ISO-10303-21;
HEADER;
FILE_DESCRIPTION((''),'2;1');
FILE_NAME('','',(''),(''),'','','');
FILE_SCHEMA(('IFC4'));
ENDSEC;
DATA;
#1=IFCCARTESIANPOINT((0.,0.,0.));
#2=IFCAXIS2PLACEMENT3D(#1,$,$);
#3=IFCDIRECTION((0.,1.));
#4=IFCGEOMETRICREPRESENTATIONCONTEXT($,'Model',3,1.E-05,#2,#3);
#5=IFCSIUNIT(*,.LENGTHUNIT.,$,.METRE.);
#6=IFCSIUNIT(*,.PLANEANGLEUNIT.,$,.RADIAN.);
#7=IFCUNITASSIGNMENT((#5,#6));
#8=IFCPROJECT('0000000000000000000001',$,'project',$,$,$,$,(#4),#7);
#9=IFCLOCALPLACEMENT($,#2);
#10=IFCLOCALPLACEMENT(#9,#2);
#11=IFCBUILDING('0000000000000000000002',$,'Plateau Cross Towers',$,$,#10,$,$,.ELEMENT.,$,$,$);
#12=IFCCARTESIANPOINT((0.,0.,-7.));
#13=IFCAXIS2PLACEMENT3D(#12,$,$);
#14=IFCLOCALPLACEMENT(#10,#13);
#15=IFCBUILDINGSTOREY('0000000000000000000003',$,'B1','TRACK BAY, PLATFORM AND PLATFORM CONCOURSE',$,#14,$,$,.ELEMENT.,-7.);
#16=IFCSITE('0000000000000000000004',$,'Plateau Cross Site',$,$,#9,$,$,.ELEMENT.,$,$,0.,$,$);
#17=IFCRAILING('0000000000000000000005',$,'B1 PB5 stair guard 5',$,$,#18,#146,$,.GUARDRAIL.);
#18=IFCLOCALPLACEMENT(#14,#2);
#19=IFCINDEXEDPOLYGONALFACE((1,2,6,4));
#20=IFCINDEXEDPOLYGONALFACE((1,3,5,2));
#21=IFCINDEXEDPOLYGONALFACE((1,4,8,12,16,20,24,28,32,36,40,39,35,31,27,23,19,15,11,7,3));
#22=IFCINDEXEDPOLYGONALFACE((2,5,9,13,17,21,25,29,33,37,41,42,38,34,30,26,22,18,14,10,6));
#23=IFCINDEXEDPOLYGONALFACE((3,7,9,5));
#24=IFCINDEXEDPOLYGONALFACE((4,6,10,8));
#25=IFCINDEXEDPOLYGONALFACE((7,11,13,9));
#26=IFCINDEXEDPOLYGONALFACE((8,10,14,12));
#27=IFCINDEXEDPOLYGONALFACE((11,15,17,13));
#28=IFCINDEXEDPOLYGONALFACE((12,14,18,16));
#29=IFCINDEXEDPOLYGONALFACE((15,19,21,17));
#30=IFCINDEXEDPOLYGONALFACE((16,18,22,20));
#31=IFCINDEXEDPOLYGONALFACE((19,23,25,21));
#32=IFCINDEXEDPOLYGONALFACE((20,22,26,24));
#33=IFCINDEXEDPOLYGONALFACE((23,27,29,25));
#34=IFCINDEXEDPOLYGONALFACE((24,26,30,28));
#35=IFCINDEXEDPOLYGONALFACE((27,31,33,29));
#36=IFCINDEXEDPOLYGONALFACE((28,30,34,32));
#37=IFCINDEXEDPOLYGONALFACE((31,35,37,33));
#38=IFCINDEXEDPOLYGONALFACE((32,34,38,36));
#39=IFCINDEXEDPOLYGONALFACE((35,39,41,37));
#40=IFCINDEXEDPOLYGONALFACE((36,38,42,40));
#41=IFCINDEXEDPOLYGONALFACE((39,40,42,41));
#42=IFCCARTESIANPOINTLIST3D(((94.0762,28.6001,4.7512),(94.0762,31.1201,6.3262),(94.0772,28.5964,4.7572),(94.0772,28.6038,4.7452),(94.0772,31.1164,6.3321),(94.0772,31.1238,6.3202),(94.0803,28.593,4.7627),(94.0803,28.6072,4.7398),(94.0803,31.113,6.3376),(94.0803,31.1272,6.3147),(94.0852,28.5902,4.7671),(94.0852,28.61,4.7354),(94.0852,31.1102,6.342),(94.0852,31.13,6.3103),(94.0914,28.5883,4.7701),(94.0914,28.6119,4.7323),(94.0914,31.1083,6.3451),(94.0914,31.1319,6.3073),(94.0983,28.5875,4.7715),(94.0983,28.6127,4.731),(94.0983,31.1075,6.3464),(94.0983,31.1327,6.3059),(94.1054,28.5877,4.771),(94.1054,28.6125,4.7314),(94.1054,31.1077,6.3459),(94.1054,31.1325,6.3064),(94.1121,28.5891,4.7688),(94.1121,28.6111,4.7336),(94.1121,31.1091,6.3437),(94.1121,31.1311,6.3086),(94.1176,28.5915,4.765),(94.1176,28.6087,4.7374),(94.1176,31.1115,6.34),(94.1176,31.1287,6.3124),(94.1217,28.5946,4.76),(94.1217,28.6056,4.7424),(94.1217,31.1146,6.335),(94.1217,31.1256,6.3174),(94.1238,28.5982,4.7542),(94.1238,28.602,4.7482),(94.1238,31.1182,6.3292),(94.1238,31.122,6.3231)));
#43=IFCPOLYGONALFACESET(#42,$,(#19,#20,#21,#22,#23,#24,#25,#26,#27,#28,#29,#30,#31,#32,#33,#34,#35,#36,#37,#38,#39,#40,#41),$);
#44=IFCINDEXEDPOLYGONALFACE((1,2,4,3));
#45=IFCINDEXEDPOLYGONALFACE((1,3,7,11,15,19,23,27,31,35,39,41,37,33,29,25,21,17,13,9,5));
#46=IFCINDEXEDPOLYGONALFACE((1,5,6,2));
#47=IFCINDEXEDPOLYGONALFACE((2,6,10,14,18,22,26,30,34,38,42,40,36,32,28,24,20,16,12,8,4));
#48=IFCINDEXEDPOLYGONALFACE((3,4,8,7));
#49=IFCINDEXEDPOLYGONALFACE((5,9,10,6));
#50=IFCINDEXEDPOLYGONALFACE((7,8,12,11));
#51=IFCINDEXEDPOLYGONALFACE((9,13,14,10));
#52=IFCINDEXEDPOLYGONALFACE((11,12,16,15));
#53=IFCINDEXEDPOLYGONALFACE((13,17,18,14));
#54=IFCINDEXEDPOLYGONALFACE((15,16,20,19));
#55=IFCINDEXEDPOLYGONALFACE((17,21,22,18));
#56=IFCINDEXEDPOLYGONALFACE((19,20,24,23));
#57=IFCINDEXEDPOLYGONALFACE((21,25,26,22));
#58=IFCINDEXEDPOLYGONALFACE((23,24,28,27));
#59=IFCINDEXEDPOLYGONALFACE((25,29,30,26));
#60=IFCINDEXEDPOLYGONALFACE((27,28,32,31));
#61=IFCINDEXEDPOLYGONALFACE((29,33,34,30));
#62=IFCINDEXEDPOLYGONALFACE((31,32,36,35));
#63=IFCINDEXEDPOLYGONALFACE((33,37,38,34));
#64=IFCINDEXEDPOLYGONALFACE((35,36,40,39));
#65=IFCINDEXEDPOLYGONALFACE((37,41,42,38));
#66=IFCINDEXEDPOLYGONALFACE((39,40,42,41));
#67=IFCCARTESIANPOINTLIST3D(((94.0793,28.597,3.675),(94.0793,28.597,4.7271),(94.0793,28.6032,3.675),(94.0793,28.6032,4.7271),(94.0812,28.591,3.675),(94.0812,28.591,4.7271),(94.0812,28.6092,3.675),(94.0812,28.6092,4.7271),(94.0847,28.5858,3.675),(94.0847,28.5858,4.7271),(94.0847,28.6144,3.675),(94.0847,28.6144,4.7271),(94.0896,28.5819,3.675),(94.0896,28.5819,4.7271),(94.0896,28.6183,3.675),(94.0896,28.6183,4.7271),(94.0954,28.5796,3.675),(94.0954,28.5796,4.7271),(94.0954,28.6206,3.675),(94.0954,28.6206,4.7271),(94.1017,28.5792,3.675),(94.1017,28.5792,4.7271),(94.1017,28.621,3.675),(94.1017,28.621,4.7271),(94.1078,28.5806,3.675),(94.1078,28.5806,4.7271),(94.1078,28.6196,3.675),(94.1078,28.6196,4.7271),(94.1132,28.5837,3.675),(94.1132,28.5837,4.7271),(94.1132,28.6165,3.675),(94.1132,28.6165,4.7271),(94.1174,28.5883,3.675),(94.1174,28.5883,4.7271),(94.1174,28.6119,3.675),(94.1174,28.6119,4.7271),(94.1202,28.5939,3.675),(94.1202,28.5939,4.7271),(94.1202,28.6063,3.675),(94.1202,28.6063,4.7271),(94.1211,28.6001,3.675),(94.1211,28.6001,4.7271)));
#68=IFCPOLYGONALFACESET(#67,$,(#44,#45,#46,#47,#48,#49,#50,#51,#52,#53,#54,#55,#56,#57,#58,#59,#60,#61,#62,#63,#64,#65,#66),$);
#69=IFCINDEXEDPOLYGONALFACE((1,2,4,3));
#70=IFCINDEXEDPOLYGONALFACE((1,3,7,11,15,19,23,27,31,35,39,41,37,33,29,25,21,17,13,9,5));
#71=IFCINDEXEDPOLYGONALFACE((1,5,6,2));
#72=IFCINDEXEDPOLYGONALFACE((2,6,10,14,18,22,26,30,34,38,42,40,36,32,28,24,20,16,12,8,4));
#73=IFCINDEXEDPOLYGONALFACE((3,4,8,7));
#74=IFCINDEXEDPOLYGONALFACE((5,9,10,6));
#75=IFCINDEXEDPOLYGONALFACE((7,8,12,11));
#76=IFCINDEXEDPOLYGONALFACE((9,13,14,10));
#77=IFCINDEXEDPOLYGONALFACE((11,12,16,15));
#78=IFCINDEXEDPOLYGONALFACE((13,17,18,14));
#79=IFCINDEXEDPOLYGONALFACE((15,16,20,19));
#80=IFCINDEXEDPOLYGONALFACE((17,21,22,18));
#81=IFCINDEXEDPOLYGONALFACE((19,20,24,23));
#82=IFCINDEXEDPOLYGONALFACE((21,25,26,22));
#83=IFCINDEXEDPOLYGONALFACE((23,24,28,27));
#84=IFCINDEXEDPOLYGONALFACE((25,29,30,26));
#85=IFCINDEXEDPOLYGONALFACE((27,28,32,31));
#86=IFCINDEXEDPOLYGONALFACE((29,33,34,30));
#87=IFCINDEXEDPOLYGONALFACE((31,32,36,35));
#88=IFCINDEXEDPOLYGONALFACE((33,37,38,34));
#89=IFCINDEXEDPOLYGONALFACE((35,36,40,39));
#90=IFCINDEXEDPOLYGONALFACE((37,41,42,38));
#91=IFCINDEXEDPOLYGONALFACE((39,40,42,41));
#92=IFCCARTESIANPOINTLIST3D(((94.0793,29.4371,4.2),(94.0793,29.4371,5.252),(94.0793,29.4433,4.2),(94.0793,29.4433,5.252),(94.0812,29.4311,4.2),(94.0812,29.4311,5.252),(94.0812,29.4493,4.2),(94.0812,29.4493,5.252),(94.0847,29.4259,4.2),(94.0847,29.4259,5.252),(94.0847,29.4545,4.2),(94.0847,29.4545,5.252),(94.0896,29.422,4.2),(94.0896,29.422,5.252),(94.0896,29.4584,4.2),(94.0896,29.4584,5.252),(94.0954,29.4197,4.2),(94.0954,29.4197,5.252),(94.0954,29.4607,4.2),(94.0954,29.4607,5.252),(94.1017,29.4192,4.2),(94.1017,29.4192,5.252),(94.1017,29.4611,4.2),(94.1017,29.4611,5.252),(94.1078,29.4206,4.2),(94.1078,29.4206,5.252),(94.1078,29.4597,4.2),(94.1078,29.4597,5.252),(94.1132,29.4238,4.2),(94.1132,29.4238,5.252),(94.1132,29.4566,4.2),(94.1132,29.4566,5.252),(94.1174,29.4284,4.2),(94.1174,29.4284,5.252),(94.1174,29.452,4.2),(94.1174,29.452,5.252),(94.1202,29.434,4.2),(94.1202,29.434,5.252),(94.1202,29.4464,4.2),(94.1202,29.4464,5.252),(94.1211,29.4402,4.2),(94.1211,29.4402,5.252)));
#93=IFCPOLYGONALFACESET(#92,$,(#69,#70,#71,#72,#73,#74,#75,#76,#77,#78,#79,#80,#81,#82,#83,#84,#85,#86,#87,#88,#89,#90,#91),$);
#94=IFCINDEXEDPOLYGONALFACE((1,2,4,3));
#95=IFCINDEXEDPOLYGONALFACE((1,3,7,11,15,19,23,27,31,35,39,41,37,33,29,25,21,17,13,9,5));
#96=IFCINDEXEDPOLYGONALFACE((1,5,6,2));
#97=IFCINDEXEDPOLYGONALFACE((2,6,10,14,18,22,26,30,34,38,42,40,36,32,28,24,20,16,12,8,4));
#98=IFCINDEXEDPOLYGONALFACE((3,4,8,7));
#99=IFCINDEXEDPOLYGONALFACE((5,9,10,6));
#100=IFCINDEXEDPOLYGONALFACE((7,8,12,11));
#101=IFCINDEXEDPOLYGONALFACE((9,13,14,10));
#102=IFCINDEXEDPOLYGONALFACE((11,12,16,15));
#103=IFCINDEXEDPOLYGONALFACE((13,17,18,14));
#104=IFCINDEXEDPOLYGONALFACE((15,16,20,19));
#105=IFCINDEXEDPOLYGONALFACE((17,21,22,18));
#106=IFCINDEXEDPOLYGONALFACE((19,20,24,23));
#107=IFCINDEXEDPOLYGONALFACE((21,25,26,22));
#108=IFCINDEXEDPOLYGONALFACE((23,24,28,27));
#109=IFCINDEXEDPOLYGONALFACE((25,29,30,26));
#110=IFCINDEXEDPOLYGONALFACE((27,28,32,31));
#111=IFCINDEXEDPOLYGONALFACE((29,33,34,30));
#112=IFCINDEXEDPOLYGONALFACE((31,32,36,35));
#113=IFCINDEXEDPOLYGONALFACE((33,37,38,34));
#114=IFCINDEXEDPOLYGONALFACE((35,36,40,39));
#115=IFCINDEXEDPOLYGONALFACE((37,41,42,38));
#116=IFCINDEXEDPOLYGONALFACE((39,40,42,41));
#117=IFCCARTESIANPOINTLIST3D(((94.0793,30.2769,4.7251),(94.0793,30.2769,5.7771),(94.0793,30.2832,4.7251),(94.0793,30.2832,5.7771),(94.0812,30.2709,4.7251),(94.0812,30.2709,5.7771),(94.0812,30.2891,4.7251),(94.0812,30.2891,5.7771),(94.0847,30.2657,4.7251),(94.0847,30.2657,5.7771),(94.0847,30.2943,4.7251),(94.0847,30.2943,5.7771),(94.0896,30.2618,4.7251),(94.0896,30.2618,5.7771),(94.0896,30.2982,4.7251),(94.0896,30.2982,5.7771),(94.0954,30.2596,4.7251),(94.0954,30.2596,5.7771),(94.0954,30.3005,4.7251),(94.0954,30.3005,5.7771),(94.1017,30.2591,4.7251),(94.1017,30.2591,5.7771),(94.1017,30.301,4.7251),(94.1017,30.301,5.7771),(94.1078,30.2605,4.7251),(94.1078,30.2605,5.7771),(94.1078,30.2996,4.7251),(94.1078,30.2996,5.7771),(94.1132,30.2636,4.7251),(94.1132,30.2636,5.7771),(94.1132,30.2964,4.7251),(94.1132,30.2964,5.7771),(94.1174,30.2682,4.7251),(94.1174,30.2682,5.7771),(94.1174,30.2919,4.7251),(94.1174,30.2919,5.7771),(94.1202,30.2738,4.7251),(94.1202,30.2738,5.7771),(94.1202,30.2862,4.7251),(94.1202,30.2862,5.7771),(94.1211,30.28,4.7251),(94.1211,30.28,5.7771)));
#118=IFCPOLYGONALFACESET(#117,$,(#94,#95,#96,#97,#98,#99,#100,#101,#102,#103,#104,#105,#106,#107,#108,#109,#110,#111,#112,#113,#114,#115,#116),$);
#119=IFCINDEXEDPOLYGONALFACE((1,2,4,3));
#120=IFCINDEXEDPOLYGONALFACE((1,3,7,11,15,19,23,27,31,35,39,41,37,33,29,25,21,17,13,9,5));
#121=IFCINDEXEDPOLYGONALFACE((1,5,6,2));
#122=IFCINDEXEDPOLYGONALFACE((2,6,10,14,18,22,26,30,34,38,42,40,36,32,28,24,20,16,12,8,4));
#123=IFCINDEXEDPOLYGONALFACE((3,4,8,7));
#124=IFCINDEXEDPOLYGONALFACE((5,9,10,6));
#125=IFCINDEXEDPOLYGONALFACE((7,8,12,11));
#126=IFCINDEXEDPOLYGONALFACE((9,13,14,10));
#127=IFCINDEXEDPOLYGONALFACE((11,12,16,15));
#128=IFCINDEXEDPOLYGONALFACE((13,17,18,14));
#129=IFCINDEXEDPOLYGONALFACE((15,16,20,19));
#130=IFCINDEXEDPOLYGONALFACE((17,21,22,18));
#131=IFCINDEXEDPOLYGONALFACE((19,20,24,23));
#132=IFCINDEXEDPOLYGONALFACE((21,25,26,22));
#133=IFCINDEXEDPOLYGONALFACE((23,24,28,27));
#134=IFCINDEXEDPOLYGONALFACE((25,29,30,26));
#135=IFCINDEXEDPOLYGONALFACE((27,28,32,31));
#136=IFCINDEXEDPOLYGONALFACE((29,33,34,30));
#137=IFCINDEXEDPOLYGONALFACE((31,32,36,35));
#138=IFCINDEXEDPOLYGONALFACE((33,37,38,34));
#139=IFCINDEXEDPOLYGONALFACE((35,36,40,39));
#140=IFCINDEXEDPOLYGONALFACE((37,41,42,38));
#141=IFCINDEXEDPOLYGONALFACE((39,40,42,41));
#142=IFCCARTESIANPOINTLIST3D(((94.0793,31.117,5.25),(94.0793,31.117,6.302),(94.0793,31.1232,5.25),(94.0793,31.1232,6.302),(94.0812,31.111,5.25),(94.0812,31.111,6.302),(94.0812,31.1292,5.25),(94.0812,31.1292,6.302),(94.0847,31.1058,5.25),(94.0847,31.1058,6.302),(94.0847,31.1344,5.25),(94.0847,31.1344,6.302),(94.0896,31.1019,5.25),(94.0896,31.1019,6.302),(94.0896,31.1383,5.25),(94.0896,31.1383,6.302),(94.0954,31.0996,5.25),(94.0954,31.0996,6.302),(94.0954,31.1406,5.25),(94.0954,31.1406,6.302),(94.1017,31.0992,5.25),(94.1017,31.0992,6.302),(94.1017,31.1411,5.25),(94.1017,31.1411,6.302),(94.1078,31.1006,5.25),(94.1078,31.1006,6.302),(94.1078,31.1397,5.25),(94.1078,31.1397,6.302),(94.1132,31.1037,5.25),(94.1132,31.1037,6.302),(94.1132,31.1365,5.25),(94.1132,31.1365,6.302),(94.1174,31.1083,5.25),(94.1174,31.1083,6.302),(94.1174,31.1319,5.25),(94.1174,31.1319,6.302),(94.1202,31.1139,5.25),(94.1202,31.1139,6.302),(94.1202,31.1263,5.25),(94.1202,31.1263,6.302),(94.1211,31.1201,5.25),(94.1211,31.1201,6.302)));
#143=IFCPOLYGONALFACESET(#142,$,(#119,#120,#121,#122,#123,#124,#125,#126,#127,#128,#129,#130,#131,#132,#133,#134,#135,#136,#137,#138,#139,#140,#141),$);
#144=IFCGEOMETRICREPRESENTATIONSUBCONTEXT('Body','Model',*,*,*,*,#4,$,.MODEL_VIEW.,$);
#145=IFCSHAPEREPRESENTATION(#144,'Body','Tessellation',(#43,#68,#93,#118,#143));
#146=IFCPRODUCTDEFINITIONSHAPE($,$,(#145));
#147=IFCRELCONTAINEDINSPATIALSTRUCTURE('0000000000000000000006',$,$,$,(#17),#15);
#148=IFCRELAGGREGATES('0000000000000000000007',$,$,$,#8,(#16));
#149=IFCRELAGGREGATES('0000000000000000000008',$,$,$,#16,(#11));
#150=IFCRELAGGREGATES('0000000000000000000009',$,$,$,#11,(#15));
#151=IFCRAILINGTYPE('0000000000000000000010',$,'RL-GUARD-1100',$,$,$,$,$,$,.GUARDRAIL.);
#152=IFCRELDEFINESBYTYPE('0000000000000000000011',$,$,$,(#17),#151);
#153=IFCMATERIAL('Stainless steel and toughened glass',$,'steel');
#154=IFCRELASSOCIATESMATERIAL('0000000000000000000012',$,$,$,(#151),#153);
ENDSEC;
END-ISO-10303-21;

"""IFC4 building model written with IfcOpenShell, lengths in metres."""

from ifc_helpers import new_model, si_unit, direction, frame, origin, origin_2d, place, context, subcontext, project, spatial, circle, extrude, material, type_object, element, save


model = new_model("IFC4")

# Units and contexts
model_context = context("Model", 3, precision=1e-05, world=origin(), true_north=direction((0.0, 1.0)))
body_context = subcontext(model_context, "Body", "Model", "MODEL_VIEW")
ifc_project = project(units=[si_unit("LENGTHUNIT", "METRE"), si_unit("PLANEANGLEUNIT", "RADIAN")], contexts=[model_context])

# Site, building, storey
site_placement = place(None, origin())
site = spatial("IfcSite", under=ifc_project, at=site_placement, Name="Plateau Cross Site", CompositionType="ELEMENT", RefElevation=0.0)
building_placement = place(site_placement, origin())
building = spatial("IfcBuilding", under=site, at=building_placement, Name="Plateau Cross Towers", CompositionType="ELEMENT")
storey_placement = place(building_placement, frame((0.0, 0.0, -7.0)))
storey = spatial("IfcBuildingStorey", under=building, at=storey_placement, Name="B1", Description="TRACK BAY, PLATFORM AND PLATFORM CONCOURSE", CompositionType="ELEMENT", Elevation=-7.0)

# Railing
ifc_material_1 = material(Name="Stainless steel and toughened glass", Category="steel")
railing_type_1 = type_object("IfcRailingType", Name="RL-GUARD-1100", PredefinedType="GUARDRAIL", material=ifc_material_1)
railing_1_placement = place(storey_placement, frame((94.1001, 28.6001, 3.675)))
element("IfcRailing", 1, at=railing_1_placement, inside=storey, type_object=railing_type_1, Name="B1 PB5 stair guard 5", PredefinedType="GUARDRAIL", context=body_context, shape_type="SweptSolid", body=[
    extrude(circle(Radius=0.0239, at=origin_2d()), frame((0.0, 0.0, 1.0762), z_axis=(0.0, 0.848008, 0.529984), x_axis=(-1.0, 0.0, 0.0)), (0.0, 0.0, 1.0), 2.9717),
    extrude(circle(Radius=0.021, at=origin_2d()), origin(), (0.0, 0.0, 1.0), 1.052),
    extrude(circle(Radius=0.021, at=origin_2d()), frame((0.0, 0.8401, 0.5249)), (0.0, 0.0, 1.0), 1.052),
    extrude(circle(Radius=0.021, at=origin_2d()), frame((0.0, 1.6799, 1.05)), (0.0, 0.0, 1.0), 1.052),
    extrude(circle(Radius=0.021, at=origin_2d()), frame((0.0, 2.52, 1.575)), (0.0, 0.0, 1.0), 1.052),
])

save(model, "model.ifc")
